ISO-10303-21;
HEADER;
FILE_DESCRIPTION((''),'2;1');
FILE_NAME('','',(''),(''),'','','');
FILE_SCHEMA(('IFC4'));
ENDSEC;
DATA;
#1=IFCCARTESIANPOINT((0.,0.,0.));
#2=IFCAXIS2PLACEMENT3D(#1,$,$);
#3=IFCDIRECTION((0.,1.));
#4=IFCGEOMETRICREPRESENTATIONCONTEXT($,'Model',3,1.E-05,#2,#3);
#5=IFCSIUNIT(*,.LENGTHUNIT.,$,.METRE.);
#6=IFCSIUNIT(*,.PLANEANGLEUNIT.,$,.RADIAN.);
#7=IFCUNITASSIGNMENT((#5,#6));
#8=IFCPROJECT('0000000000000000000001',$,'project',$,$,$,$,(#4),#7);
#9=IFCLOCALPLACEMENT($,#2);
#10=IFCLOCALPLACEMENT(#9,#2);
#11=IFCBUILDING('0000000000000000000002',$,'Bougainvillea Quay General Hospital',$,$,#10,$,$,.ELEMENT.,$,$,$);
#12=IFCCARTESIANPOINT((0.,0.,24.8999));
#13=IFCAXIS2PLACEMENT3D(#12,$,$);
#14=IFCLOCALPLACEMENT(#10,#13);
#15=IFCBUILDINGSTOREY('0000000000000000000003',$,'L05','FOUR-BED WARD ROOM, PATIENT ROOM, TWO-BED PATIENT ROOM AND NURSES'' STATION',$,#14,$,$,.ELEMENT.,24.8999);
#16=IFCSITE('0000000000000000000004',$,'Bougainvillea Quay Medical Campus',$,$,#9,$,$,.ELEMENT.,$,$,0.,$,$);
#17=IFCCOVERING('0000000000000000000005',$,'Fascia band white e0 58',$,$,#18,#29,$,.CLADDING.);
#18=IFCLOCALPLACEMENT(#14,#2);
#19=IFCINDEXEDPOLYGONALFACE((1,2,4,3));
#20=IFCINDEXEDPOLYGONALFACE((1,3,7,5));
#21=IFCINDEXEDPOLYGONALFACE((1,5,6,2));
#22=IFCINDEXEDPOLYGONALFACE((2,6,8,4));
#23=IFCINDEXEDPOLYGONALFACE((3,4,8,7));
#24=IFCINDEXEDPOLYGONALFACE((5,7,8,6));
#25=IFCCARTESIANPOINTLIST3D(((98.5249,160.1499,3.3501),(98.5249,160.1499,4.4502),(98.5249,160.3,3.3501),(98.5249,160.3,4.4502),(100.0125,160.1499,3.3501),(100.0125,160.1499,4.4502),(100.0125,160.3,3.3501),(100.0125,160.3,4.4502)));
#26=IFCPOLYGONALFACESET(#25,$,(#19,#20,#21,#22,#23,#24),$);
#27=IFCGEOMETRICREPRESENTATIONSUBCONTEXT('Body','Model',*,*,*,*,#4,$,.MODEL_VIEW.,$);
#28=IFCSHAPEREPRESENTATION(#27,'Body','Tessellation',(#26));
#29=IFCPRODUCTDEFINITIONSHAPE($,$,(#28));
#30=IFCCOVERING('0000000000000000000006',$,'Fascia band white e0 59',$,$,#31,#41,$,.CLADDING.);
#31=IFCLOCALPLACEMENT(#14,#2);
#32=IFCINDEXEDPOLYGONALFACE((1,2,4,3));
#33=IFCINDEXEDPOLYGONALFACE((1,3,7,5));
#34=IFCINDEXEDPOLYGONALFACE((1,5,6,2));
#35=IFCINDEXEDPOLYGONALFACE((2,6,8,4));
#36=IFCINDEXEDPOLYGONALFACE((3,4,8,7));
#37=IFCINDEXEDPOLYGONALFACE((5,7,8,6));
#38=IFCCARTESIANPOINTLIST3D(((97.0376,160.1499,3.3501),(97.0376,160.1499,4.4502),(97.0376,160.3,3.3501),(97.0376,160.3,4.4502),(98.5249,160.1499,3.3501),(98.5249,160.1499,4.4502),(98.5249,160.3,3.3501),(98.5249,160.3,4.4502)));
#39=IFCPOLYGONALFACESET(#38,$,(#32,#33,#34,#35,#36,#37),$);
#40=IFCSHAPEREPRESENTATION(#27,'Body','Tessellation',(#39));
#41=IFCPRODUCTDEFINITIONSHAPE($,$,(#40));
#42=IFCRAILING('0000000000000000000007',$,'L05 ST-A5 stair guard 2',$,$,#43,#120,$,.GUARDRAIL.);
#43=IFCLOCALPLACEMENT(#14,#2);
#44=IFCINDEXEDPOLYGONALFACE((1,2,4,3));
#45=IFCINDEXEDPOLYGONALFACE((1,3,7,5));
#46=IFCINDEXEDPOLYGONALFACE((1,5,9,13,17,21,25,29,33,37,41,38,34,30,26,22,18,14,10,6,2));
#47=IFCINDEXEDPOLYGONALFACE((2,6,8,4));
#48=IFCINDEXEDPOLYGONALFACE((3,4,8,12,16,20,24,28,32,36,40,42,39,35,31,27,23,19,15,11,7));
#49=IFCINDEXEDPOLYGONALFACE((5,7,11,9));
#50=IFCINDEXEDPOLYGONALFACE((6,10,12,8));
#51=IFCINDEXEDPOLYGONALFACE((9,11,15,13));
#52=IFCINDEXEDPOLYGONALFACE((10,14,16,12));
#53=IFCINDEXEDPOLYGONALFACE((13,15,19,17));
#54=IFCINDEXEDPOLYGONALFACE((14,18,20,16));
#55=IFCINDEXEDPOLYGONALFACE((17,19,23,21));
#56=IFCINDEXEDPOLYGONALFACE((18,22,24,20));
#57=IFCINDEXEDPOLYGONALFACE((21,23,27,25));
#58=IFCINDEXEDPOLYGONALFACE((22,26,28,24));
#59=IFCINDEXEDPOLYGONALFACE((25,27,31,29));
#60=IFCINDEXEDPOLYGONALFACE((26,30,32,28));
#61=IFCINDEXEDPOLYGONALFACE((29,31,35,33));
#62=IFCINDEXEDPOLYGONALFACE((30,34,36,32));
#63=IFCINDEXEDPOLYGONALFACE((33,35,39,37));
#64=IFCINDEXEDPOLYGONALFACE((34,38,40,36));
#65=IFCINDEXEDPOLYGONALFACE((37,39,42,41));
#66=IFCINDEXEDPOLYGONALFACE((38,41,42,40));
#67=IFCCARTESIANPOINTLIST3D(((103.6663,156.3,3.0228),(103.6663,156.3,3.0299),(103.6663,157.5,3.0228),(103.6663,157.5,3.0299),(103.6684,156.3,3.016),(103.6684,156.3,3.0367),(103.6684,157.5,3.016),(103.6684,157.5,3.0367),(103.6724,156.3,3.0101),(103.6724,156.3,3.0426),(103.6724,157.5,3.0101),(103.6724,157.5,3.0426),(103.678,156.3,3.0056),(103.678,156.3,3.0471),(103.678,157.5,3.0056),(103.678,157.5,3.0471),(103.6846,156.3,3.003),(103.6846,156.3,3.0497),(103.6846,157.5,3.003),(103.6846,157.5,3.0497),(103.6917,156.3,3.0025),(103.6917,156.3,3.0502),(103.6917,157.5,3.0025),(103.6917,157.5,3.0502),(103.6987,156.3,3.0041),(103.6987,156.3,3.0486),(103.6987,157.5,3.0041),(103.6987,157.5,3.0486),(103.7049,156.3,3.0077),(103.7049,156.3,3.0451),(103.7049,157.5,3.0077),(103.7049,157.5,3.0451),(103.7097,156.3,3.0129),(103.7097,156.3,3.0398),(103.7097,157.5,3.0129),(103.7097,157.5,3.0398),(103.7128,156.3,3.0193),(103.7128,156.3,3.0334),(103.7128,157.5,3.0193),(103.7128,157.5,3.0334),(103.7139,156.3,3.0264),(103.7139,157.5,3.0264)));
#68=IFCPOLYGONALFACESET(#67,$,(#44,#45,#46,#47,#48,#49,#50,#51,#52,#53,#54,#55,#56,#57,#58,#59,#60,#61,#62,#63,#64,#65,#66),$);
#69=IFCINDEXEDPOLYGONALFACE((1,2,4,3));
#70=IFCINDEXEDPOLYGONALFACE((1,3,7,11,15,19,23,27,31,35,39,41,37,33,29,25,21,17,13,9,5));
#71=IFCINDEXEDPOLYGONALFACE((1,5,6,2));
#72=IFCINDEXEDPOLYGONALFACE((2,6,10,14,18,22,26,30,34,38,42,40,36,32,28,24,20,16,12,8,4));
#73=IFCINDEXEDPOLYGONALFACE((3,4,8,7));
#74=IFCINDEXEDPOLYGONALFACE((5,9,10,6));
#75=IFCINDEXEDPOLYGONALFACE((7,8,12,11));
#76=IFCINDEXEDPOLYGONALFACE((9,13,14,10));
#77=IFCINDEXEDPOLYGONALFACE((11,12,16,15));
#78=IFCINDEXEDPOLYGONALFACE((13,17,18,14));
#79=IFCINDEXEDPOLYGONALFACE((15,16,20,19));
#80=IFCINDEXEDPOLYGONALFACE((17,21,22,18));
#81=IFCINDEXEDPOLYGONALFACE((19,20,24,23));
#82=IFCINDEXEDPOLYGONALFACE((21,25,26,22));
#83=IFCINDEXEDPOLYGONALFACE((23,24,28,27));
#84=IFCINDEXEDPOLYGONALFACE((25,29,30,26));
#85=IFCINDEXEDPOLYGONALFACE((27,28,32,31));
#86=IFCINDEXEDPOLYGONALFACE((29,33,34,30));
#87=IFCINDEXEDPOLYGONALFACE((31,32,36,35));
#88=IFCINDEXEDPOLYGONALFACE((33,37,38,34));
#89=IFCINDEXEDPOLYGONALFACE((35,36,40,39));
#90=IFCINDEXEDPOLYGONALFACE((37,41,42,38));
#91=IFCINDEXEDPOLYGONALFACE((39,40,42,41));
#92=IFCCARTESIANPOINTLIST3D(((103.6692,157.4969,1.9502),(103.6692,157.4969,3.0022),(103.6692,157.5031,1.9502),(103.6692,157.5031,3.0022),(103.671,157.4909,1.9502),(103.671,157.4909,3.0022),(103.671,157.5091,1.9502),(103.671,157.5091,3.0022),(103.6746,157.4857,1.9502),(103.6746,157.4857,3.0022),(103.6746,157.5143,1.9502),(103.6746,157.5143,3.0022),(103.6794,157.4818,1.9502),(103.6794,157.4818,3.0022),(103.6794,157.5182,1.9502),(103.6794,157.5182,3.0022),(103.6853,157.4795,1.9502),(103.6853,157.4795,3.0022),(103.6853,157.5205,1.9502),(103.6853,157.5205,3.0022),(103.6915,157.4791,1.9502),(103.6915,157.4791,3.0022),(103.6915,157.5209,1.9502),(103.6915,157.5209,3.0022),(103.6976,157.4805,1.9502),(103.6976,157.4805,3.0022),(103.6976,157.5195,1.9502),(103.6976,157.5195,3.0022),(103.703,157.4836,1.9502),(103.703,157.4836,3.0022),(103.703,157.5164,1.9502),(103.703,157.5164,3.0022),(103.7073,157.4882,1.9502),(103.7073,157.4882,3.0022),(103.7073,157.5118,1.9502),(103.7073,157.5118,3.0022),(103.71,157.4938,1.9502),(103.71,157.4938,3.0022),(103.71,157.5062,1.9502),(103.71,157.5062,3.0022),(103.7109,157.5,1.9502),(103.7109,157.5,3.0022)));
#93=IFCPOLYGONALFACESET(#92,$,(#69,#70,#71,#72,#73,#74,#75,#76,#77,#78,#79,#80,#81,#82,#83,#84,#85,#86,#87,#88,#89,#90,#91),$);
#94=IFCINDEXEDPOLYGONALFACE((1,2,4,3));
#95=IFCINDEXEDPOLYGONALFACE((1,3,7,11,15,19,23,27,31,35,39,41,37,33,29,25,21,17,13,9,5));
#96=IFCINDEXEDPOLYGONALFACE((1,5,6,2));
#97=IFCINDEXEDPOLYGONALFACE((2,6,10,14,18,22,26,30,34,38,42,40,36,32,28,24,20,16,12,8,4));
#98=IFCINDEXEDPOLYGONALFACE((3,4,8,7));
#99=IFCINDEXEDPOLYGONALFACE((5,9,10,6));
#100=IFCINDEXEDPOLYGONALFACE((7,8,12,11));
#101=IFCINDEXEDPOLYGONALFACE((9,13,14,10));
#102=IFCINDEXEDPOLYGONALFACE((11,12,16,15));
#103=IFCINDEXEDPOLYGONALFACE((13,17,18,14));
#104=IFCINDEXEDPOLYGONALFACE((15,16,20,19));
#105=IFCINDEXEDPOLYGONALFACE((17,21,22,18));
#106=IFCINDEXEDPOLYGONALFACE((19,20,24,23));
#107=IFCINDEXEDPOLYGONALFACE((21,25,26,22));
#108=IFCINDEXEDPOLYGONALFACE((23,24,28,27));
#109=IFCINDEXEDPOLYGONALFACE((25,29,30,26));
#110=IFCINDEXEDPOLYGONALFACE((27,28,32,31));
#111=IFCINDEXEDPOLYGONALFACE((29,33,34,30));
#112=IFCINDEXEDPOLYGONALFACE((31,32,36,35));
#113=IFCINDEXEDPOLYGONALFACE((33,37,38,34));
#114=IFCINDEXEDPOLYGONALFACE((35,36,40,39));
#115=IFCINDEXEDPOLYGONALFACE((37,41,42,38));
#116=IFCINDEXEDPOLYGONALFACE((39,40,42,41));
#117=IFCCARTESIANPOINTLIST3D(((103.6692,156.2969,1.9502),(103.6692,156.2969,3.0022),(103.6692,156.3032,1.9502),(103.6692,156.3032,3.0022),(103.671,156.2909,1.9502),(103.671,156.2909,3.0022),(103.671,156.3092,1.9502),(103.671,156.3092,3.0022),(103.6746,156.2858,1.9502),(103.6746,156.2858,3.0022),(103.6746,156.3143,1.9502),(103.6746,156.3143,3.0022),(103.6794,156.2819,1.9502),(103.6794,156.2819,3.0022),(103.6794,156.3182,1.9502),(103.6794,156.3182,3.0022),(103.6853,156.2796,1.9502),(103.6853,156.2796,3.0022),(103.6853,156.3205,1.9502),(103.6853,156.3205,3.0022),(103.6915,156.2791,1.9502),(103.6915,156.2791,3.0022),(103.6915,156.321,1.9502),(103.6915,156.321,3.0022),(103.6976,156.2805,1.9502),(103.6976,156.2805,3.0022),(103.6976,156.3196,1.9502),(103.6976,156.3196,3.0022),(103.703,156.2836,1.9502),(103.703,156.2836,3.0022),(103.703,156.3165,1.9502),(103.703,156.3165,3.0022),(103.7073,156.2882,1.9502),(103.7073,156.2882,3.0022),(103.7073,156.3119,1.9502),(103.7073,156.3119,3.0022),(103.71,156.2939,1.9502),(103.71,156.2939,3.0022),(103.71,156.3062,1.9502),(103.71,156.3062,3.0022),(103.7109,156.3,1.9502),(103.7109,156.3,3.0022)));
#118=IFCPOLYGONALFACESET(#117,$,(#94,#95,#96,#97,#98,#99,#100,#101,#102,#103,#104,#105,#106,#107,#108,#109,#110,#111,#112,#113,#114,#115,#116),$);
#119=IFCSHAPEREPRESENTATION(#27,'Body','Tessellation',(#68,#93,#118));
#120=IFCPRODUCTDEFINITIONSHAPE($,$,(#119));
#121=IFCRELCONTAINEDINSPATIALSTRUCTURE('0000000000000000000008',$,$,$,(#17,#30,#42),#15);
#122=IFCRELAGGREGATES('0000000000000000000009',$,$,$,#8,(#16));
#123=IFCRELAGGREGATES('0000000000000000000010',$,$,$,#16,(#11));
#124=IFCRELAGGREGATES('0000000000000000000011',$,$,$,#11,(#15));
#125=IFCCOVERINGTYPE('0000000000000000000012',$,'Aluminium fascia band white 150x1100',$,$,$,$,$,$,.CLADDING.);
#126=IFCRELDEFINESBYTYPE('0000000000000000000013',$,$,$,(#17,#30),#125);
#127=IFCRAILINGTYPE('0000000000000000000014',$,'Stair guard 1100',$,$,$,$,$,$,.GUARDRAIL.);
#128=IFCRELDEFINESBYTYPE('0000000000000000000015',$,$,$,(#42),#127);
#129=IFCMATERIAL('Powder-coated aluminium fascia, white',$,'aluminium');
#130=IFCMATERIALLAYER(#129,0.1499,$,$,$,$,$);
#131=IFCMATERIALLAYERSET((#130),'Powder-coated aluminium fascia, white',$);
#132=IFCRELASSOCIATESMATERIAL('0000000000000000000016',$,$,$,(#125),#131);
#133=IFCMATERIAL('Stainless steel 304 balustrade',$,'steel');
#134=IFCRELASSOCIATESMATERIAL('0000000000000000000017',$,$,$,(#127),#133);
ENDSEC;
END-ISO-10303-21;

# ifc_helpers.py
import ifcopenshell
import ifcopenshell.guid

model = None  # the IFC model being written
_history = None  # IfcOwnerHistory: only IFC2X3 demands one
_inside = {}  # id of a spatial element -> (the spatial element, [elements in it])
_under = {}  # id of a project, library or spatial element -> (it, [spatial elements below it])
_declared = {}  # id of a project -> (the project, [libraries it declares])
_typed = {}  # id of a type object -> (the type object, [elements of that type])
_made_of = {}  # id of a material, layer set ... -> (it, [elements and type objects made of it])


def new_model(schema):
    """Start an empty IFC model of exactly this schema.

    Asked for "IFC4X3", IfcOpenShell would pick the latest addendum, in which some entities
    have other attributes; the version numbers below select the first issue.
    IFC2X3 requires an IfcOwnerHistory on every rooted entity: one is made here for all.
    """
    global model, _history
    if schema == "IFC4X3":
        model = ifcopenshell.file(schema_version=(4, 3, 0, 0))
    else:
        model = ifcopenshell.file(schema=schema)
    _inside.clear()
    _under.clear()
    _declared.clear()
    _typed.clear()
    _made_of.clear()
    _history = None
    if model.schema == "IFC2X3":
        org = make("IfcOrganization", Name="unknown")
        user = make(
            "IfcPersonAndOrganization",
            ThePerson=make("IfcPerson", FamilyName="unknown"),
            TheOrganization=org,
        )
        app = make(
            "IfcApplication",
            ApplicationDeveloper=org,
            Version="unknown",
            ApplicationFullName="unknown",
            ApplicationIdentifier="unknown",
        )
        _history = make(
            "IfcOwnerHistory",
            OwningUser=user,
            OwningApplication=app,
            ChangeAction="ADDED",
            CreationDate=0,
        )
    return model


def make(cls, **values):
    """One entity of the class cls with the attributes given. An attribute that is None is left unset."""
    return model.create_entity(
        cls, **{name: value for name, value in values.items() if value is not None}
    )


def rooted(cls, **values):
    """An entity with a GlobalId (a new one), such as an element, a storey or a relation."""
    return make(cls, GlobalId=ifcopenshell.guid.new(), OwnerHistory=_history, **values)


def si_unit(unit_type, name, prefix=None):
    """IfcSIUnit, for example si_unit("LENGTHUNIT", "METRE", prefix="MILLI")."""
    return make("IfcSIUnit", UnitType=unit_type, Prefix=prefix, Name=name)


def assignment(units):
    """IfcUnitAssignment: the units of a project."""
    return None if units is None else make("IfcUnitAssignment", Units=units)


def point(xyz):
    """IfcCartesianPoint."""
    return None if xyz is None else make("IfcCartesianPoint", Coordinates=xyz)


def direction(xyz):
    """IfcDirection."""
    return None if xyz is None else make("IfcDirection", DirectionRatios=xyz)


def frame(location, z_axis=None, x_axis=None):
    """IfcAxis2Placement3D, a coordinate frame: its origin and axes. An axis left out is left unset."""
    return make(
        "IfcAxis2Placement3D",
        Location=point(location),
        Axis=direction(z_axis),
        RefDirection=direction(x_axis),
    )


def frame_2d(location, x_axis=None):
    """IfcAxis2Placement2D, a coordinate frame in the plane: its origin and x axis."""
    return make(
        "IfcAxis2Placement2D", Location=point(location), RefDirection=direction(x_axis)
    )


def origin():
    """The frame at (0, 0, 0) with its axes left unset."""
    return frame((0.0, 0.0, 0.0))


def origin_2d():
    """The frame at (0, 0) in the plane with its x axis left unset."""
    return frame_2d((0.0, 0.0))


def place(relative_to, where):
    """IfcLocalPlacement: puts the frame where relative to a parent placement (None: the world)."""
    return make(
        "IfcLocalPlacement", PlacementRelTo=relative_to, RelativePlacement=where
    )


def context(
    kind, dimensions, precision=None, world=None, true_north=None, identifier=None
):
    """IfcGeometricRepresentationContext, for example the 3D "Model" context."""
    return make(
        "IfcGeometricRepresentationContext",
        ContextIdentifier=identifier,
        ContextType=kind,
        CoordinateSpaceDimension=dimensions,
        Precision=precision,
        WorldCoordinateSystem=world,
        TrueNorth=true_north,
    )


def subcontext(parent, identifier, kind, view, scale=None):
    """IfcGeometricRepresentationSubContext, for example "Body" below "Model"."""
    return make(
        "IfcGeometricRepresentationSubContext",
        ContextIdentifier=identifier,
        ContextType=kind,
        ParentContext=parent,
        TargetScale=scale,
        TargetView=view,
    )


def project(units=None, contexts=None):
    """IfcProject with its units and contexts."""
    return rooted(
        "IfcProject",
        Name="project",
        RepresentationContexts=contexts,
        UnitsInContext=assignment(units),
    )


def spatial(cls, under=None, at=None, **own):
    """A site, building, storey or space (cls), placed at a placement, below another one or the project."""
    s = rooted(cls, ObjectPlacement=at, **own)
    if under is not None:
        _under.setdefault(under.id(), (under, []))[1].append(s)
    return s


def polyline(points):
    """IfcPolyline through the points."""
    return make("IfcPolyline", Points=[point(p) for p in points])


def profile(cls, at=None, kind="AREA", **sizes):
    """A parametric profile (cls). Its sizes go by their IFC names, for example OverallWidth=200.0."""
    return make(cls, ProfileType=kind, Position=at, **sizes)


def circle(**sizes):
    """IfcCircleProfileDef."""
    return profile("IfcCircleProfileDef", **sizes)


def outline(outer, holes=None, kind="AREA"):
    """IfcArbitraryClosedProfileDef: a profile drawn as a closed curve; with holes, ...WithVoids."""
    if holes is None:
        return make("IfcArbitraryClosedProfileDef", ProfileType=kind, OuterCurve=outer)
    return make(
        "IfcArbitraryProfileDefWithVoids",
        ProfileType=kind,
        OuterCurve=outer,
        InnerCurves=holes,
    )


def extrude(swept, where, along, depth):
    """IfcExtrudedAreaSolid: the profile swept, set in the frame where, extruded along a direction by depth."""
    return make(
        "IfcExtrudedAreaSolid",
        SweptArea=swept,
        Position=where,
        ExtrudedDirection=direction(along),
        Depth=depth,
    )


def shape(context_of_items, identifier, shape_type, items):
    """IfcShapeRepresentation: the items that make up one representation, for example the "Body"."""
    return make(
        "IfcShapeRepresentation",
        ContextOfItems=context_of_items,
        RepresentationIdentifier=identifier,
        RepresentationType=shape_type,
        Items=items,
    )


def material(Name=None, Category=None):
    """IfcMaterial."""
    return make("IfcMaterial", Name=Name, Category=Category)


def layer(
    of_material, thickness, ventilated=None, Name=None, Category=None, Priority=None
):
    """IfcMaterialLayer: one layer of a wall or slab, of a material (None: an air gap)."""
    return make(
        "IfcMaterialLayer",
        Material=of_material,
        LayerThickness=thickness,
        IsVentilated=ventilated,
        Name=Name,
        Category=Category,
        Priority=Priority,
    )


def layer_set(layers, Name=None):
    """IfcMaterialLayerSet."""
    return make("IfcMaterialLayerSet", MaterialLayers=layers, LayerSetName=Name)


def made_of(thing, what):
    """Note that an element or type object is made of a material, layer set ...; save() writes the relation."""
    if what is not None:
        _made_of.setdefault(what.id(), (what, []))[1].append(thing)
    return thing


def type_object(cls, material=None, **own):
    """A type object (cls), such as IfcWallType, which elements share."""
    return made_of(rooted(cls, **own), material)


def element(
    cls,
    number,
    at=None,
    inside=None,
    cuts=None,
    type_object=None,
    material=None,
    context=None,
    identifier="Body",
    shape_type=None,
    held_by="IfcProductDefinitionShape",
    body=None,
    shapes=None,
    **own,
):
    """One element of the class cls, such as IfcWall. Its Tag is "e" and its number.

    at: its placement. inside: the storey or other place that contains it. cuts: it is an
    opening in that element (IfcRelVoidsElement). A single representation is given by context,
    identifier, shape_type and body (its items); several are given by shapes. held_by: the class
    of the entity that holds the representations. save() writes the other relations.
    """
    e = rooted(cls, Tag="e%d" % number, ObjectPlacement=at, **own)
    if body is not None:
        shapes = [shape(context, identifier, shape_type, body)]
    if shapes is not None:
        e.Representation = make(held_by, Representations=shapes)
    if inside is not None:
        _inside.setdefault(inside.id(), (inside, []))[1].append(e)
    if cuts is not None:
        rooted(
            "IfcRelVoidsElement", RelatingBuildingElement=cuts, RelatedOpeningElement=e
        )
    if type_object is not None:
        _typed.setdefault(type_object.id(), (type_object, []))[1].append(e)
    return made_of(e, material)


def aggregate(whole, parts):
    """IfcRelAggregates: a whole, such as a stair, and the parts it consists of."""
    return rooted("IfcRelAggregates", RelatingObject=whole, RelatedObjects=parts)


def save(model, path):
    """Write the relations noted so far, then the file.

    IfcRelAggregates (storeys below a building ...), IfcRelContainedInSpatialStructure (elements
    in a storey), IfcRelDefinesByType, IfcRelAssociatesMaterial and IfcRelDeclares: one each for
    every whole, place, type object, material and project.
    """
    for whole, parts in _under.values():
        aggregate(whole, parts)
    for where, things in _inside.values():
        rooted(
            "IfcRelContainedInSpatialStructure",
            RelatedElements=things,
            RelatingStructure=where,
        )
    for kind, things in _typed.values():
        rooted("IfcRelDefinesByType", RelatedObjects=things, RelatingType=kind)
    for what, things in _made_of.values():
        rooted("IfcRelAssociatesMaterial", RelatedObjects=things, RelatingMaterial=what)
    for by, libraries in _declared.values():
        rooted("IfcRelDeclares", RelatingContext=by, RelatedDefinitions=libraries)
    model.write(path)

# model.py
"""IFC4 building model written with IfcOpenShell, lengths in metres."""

from ifc_helpers import new_model, si_unit, direction, frame, origin, origin_2d, place, context, subcontext, project, spatial, polyline, circle, outline, extrude, material, layer, layer_set, type_object, element, save


model = new_model("IFC4")

# Units and contexts
model_context = context("Model", 3, precision=1e-05, world=origin(), true_north=direction((0.0, 1.0)))
body_context = subcontext(model_context, "Body", "Model", "MODEL_VIEW")
ifc_project = project(units=[si_unit("LENGTHUNIT", "METRE"), si_unit("PLANEANGLEUNIT", "RADIAN")], contexts=[model_context])

# Site, building, storey
site_placement = place(None, origin())
site = spatial("IfcSite", under=ifc_project, at=site_placement, Name="Bougainvillea Quay Medical Campus", CompositionType="ELEMENT", RefElevation=0.0)
building_placement = place(site_placement, origin())
building = spatial("IfcBuilding", under=site, at=building_placement, Name="Bougainvillea Quay General Hospital", CompositionType="ELEMENT")
storey_placement = place(building_placement, frame((0.0, 0.0, 24.8999)))
storey = spatial("IfcBuildingStorey", under=building, at=storey_placement, Name="L05", Description="FOUR-BED WARD ROOM, PATIENT ROOM, TWO-BED PATIENT ROOM AND NURSES' STATION", CompositionType="ELEMENT", Elevation=24.8999)

# Coverings
ifc_material_1 = material(Name="Powder-coated aluminium fascia, white", Category="aluminium")
ifc_layer_1 = layer(ifc_material_1, 0.1499)
ifc_layer_set_1 = layer_set([ifc_layer_1], Name="Powder-coated aluminium fascia, white")
covering_type = type_object("IfcCoveringType", Name="Aluminium fascia band white 150x1100", PredefinedType="CLADDING", material=ifc_layer_set_1)
for number, where, z_axis, x_axis, name in (
    (1, (100.0125, 160.1499, 3.3501), (0.0, 0.0, 1.0), (-1.0, 0.0, 0.0), "Fascia band white e0 58"),
):
    element("IfcCovering", number, at=place(storey_placement, frame(where, z_axis=z_axis, x_axis=x_axis)), inside=storey, type_object=covering_type, Name=name, PredefinedType="CLADDING", context=body_context, shape_type="SweptSolid", body=[
        extrude(outline(polyline([(0.0, 0.0), (1.4875, 0.0), (1.4875, -0.1501), (0.0, -0.1501), (0.0, 0.0)])), origin(), (0.0, 0.0, 1.0), 1.1001),
    ])
covering_placement = place(storey_placement, frame((98.5249, 160.1499, 3.3501), z_axis=(0.0, 0.0, 1.0), x_axis=(-1.0, 0.0, 0.0)))
element("IfcCovering", 2, at=covering_placement, inside=storey, type_object=covering_type, Name="Fascia band white e0 59", PredefinedType="CLADDING", context=body_context, shape_type="SweptSolid", body=[
    extrude(outline(polyline([(0.0, 0.0), (1.4873, 0.0), (1.4873, -0.1501), (0.0, -0.1501), (0.0, 0.0)])), origin(), (0.0, 0.0, 1.0), 1.1001),
])

# Railing
ifc_material_2 = material(Name="Stainless steel 304 balustrade", Category="steel")
railing_type_1 = type_object("IfcRailingType", Name="Stair guard 1100", PredefinedType="GUARDRAIL", material=ifc_material_2)
railing_1_placement = place(storey_placement, frame((103.6899, 157.5, 1.9502)))
element("IfcRailing", 3, at=railing_1_placement, inside=storey, type_object=railing_type_1, Name="L05 ST-A5 stair guard 2", PredefinedType="GUARDRAIL", context=body_context, shape_type="SweptSolid", body=[
    extrude(circle(Radius=0.0239, at=origin_2d()), frame((0.0, 0.0, 1.0762), z_axis=(0.0, -1.0, 0.0), x_axis=(1.0, 0.0, 0.0)), (0.0, 0.0, 1.0), 1.2),
    extrude(circle(Radius=0.021, at=origin_2d()), origin(), (0.0, 0.0, 1.0), 1.052),
    extrude(circle(Radius=0.021, at=origin_2d()), frame((0.0, -1.2, 0.0)), (0.0, 0.0, 1.0), 1.052),
])

save(model, "model.ifc")
